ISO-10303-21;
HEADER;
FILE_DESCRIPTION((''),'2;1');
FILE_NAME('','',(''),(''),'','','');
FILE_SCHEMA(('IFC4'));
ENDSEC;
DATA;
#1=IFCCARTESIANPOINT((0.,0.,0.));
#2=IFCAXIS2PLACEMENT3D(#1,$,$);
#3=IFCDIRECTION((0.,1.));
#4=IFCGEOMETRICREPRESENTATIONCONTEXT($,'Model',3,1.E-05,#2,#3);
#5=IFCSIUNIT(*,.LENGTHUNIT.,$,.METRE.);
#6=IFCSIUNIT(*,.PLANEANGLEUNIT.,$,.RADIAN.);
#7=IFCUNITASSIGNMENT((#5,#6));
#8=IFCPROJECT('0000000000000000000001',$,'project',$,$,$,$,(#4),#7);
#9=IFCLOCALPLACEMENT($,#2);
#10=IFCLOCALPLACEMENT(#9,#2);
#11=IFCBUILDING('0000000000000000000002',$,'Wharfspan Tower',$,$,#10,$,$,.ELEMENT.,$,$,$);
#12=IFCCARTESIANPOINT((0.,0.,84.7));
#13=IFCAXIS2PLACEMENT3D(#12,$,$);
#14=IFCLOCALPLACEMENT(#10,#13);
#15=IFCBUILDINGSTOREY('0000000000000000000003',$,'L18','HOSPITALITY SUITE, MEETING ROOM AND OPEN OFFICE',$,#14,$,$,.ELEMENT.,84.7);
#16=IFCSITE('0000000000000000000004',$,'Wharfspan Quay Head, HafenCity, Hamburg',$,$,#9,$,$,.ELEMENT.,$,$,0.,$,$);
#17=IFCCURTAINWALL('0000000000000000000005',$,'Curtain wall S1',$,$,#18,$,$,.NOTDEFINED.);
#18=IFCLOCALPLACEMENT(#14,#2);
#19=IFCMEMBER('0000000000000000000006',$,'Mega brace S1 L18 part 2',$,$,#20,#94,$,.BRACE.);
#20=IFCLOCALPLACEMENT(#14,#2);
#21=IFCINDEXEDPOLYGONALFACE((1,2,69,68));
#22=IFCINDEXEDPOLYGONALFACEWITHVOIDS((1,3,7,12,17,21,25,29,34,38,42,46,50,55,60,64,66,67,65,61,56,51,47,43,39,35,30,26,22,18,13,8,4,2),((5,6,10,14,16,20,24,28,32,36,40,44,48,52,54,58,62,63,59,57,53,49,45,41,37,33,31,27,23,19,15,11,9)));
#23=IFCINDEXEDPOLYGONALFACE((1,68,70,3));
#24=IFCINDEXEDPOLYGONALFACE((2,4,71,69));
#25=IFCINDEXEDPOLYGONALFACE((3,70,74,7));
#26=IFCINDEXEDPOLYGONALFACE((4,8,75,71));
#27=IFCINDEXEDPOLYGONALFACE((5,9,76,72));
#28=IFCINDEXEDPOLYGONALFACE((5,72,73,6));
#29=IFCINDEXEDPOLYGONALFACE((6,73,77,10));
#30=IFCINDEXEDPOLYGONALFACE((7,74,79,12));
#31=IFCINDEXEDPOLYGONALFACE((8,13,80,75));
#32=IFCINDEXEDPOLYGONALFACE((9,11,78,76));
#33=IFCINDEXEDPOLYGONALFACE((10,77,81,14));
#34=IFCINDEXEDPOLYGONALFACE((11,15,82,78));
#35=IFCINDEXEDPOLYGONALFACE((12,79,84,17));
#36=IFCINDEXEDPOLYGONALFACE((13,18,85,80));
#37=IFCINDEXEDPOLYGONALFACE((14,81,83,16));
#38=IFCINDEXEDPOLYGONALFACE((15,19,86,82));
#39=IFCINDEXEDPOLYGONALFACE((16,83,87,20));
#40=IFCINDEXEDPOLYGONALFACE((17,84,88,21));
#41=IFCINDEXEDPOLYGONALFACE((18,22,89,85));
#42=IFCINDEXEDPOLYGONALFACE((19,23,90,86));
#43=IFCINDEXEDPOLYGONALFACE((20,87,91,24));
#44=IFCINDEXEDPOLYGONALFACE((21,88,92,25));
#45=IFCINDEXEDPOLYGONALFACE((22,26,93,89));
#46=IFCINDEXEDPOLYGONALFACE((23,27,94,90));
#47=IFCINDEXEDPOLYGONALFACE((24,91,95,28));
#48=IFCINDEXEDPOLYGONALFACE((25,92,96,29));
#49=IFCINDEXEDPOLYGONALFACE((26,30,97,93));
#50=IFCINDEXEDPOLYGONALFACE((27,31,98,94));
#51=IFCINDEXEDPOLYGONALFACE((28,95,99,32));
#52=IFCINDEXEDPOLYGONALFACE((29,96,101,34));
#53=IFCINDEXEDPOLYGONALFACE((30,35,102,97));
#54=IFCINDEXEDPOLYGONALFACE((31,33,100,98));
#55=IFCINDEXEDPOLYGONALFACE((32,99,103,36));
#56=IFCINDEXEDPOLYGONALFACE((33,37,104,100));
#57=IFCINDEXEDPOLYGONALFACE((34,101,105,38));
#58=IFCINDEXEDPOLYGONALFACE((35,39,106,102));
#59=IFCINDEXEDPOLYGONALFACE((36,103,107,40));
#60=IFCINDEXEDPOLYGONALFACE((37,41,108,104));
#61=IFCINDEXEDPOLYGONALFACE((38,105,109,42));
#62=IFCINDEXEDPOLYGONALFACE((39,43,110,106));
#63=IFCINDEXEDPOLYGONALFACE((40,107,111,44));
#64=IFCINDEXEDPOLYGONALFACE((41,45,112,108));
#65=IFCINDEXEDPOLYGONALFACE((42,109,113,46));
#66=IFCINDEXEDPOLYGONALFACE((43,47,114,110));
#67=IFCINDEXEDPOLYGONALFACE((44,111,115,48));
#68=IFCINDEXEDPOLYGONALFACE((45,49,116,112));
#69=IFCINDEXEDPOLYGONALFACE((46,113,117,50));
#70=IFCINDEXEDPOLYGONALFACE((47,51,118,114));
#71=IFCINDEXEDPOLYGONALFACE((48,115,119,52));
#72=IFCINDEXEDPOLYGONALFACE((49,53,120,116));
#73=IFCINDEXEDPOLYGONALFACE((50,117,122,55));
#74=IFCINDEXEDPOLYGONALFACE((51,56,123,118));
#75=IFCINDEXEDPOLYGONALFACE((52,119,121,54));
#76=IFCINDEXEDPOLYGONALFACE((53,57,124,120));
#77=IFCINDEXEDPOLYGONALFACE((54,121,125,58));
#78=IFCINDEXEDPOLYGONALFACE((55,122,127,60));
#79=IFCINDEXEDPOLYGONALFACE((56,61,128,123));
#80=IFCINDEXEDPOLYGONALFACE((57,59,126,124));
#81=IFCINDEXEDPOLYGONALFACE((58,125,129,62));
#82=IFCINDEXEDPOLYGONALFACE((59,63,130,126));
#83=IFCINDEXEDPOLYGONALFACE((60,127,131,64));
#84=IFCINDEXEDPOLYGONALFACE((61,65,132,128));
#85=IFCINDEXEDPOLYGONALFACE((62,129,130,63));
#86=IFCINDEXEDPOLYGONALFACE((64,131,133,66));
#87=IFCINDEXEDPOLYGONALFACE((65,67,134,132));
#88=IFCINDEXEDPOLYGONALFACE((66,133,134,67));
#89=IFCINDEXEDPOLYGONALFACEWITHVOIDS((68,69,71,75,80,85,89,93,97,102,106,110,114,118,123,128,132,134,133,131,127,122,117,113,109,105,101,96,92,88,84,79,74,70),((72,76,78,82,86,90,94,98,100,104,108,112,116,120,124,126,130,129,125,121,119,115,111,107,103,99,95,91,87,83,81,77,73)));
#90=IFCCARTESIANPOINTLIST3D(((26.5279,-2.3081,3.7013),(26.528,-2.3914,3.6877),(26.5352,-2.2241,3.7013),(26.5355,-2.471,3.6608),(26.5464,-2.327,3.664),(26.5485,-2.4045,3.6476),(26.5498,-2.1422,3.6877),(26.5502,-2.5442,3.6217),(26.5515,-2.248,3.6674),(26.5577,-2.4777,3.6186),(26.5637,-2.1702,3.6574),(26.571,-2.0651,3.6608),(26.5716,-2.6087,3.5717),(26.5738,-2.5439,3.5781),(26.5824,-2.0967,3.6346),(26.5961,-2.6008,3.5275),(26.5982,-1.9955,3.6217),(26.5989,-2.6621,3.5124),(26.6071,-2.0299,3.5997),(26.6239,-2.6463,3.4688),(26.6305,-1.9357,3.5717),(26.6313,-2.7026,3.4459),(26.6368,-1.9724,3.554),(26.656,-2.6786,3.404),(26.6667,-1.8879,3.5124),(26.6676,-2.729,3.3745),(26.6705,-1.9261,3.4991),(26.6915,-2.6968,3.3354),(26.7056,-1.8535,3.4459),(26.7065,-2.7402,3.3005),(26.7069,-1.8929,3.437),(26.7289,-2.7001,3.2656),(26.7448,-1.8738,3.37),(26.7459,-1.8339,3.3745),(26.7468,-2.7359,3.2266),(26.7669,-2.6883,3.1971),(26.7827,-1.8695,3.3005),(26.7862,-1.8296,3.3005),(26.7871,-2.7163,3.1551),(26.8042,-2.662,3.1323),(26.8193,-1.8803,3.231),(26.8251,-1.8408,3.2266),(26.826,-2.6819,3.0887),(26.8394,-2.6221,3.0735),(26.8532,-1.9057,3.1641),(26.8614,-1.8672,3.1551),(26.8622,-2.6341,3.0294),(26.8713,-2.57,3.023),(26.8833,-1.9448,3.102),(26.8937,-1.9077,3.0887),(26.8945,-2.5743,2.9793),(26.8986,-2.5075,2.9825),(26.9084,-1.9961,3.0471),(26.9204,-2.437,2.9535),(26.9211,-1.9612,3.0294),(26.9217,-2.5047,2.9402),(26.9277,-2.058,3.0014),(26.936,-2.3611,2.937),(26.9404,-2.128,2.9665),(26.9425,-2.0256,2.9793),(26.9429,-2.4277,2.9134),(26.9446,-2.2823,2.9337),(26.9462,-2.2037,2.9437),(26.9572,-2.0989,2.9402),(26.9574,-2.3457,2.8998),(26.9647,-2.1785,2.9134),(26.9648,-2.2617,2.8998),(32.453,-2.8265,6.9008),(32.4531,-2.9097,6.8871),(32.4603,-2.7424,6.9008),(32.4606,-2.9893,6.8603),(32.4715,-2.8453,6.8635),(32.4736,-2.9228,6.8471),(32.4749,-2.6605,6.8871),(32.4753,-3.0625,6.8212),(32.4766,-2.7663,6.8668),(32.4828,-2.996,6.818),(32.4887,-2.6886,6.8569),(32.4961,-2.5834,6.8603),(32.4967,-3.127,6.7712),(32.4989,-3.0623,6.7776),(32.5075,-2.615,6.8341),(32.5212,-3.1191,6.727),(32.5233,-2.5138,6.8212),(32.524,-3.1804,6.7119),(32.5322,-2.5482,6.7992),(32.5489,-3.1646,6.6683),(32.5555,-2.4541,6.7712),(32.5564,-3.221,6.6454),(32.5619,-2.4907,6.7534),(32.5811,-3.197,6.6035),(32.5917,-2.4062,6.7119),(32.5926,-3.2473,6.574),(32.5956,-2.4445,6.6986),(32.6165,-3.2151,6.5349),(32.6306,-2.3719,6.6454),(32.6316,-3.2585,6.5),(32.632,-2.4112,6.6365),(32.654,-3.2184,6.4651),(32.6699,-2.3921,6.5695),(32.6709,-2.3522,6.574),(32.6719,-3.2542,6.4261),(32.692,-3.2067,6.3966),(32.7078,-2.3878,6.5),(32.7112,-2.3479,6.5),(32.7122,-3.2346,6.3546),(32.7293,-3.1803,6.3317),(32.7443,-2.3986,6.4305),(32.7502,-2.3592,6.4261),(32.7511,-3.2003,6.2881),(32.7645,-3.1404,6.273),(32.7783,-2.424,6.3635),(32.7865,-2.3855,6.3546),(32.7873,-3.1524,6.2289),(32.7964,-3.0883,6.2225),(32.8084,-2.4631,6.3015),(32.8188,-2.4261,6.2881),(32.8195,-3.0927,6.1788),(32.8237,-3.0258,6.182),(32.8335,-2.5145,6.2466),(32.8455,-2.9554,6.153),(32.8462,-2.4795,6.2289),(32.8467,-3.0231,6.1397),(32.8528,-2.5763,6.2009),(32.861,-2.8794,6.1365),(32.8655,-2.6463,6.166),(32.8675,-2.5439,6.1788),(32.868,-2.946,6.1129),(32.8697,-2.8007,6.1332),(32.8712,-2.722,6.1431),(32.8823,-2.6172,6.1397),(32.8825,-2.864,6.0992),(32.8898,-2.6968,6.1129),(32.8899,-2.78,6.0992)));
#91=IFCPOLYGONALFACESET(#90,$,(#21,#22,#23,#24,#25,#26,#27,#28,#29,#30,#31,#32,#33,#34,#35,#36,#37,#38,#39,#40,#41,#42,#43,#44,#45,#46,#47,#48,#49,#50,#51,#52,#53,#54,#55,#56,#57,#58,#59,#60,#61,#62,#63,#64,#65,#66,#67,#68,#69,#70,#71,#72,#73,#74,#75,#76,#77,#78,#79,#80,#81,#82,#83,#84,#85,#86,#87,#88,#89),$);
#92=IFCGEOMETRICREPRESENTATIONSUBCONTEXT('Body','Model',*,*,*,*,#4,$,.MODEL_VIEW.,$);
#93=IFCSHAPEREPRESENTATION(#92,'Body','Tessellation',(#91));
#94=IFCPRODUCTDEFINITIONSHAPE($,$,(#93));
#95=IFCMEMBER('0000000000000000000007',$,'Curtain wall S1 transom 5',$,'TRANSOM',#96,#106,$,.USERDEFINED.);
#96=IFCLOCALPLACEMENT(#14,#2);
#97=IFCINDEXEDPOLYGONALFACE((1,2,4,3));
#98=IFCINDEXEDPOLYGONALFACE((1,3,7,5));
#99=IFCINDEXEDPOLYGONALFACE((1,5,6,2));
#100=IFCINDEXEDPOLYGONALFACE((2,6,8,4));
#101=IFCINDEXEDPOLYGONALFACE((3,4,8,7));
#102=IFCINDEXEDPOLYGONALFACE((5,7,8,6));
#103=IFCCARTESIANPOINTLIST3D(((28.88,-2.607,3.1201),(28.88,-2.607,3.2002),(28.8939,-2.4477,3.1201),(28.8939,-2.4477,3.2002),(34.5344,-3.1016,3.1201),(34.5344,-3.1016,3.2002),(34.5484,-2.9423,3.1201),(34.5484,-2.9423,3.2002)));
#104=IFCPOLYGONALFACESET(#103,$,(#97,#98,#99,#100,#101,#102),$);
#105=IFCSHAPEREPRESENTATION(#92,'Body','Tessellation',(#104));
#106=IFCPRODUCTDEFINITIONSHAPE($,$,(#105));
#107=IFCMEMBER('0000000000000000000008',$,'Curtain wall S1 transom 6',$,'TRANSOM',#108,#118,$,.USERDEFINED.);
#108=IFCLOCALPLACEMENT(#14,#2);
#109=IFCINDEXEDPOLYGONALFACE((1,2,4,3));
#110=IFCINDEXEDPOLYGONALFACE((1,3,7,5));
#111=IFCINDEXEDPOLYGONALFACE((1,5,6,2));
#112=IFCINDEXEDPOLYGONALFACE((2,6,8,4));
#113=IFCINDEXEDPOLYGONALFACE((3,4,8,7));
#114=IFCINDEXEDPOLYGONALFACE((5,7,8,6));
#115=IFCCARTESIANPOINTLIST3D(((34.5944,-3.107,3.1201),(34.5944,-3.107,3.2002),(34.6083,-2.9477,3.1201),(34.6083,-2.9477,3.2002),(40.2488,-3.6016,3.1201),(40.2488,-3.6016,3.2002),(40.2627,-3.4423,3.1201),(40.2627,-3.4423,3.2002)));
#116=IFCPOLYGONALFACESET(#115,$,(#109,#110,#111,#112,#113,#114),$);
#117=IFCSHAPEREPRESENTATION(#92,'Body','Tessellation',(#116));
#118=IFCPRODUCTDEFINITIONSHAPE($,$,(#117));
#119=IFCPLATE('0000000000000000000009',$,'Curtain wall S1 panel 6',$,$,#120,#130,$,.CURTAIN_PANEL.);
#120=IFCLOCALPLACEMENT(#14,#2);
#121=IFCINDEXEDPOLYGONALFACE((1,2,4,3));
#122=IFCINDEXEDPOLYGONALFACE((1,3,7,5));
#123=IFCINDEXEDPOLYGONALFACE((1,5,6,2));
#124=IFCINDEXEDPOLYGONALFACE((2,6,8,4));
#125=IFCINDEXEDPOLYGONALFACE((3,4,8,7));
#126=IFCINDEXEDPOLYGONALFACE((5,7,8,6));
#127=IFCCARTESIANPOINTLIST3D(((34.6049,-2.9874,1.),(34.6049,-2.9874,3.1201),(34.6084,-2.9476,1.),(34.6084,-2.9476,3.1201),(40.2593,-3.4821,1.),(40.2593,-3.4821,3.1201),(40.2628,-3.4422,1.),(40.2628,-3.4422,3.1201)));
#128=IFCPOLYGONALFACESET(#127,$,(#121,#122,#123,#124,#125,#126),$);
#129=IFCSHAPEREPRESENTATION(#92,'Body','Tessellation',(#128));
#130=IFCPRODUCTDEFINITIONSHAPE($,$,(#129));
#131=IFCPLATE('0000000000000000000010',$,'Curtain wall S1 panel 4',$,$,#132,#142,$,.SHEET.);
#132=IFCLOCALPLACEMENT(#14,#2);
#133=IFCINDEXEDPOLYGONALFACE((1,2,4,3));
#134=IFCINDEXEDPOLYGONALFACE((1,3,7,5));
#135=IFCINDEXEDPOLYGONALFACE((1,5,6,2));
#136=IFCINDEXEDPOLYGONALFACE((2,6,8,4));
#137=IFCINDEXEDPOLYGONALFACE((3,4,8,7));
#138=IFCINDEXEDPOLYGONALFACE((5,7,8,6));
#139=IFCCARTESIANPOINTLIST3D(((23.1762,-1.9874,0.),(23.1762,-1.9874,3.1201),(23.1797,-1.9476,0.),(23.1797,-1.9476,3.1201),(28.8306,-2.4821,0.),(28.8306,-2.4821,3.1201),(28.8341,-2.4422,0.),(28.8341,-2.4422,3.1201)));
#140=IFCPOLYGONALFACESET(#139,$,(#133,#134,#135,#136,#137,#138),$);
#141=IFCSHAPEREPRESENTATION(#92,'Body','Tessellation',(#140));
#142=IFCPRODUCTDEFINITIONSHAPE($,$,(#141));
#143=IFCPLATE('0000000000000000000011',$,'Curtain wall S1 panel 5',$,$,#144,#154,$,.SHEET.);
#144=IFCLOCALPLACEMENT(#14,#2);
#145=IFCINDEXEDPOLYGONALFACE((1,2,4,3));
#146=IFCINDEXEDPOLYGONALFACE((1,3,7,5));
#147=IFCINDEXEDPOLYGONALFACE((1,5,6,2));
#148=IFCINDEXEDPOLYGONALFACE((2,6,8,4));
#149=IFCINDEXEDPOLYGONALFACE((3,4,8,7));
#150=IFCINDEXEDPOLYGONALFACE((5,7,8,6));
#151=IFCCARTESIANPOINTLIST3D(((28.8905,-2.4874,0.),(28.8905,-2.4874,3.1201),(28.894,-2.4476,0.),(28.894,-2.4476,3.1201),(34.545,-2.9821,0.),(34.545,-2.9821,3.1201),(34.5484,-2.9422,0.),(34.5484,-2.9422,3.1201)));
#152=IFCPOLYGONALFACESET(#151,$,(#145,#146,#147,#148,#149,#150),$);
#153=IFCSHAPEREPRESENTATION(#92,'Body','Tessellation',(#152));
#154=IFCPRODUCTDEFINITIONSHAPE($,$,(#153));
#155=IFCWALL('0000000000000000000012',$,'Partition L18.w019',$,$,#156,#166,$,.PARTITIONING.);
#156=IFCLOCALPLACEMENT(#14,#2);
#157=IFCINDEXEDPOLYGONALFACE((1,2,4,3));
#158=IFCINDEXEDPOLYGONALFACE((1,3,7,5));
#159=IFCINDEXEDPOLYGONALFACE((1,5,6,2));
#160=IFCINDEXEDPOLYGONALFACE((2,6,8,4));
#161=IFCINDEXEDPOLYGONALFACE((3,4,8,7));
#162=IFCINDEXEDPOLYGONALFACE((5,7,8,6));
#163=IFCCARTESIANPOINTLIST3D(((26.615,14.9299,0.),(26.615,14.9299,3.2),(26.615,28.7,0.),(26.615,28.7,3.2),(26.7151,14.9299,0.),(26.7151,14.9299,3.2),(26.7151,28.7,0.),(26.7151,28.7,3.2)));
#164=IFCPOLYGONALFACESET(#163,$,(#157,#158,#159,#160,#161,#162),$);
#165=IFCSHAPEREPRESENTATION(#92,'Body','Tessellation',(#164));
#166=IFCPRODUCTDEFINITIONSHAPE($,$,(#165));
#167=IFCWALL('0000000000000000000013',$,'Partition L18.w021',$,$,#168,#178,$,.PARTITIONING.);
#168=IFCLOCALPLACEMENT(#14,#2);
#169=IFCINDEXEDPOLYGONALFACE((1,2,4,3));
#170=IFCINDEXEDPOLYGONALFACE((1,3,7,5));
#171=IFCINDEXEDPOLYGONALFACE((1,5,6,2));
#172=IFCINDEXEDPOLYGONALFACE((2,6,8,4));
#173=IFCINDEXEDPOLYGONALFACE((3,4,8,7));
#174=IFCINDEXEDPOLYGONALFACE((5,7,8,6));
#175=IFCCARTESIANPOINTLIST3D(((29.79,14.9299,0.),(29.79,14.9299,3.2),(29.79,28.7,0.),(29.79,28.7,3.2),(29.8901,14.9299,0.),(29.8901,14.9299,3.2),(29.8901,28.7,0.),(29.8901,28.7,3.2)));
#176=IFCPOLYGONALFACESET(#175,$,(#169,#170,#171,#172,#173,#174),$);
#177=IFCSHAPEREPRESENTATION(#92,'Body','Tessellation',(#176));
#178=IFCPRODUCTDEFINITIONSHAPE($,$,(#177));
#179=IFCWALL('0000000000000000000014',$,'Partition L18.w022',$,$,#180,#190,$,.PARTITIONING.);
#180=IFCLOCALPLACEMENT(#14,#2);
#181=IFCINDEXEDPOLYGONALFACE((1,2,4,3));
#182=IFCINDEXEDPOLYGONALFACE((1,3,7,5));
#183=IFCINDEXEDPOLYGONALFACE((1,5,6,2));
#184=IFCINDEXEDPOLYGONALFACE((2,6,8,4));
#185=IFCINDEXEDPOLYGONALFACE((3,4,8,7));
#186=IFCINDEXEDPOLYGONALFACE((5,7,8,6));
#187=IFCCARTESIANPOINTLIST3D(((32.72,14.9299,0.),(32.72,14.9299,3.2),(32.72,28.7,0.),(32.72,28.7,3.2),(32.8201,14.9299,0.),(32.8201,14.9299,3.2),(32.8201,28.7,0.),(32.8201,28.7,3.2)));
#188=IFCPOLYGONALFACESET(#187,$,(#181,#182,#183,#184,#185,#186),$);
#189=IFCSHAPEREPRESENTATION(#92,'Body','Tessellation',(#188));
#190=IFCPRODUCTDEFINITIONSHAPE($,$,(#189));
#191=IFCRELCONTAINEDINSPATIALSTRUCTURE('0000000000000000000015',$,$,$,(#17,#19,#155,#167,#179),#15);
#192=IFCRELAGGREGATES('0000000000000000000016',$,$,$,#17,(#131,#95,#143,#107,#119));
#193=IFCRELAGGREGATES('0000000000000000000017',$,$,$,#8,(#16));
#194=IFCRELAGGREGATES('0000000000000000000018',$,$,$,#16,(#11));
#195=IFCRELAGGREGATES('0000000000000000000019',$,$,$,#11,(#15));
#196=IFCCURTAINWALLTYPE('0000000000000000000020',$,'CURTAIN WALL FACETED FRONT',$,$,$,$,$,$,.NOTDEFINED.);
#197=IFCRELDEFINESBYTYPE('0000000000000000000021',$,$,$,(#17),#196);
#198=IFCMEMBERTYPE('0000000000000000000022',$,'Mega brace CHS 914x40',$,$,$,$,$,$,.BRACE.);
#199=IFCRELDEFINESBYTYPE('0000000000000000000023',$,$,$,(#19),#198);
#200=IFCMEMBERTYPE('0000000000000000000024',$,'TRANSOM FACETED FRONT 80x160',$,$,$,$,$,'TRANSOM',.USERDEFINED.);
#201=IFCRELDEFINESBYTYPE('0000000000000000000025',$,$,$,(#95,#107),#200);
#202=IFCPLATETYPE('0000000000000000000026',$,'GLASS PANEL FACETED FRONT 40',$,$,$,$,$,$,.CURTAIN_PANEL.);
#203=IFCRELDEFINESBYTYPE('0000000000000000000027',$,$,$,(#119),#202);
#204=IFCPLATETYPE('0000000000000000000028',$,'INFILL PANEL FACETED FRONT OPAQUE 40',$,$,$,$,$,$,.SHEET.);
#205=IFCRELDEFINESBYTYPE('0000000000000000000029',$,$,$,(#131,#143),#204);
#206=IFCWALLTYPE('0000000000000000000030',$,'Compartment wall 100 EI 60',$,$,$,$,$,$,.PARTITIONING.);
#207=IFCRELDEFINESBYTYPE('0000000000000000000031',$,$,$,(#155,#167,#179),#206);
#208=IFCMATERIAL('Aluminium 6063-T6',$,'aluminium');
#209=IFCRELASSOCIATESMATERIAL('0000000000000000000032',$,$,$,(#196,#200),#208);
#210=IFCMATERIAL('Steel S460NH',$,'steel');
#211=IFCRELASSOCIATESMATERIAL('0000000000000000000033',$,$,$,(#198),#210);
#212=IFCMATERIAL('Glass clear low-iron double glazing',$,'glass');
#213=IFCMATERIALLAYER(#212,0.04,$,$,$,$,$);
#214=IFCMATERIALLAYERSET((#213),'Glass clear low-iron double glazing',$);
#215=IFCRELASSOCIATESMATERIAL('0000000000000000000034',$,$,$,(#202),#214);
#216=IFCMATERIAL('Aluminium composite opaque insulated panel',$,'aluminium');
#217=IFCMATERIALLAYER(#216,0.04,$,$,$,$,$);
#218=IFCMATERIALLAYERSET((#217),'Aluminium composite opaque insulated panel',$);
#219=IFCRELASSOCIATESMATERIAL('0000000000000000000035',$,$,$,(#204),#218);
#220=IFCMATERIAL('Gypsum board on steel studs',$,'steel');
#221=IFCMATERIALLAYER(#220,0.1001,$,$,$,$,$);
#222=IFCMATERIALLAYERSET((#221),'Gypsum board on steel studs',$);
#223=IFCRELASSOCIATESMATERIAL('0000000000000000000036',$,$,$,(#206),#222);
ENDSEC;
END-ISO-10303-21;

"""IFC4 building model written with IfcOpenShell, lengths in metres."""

from ifc_helpers import new_model, si_unit, direction, frame, frame_2d, origin, origin_2d, place, context, subcontext, project, spatial, rectangle, hollow_circle, extrude, material, layer, layer_set, material_profile, profile_set, type_object, element, aggregate, save


model = new_model("IFC4")

# Units and contexts
model_context = context("Model", 3, precision=1e-05, world=origin(), true_north=direction((0.0, 1.0)))
body_context = subcontext(model_context, "Body", "Model", "MODEL_VIEW")
ifc_project = project(units=[si_unit("LENGTHUNIT", "METRE"), si_unit("PLANEANGLEUNIT", "RADIAN")], contexts=[model_context])

# Site, building, storey
site_placement = place(None, origin())
site = spatial("IfcSite", under=ifc_project, at=site_placement, Name="Wharfspan Quay Head, HafenCity, Hamburg", CompositionType="ELEMENT", RefElevation=0.0)
building_placement = place(site_placement, origin())
building = spatial("IfcBuilding", under=site, at=building_placement, Name="Wharfspan Tower", CompositionType="ELEMENT")
storey_placement = place(building_placement, frame((0.0, 0.0, 84.7)))
storey = spatial("IfcBuildingStorey", under=building, at=storey_placement, Name="L18", Description="HOSPITALITY SUITE, MEETING ROOM AND OPEN OFFICE", CompositionType="ELEMENT", Elevation=84.7)

# Curtain wall
ifc_material_1 = material(Name="Aluminium 6063-T6", Category="aluminium")
curtain_wall_type = type_object("IfcCurtainWallType", Name="CURTAIN WALL FACETED FRONT", PredefinedType="NOTDEFINED", material=ifc_material_1)
curtain_wall_placement = place(storey_placement, origin())
curtain_wall = element("IfcCurtainWall", 1, at=curtain_wall_placement, inside=storey, type_object=curtain_wall_type, Name="Curtain wall S1", PredefinedType="NOTDEFINED")

# Members
ifc_material_2 = material(Name="Steel S460NH", Category="steel")
ifc_material_profile_1 = material_profile(ifc_material_2, hollow_circle(Radius=0.457, WallThickness=0.04, at=origin_2d()))
ifc_profile_set_1 = profile_set([ifc_material_profile_1], Name="Steel S460NH")
member_type_1 = type_object("IfcMemberType", Name="Mega brace CHS 914x40", PredefinedType="BRACE", material=ifc_profile_set_1)
member_1_placement = place(storey_placement, frame((26.7463, -2.2849, 3.3005), z_axis=(0.877314, -0.076746, 0.47374), x_axis=(0.087144, 0.996196, 0.000003)))
element("IfcMember", 2, at=member_1_placement, inside=storey, type_object=member_type_1, Name="Mega brace S1 L18 part 2", PredefinedType="BRACE", context=body_context, shape_type="SweptSolid", body=[
    extrude(hollow_circle(Radius=0.457, WallThickness=0.04, at=origin_2d()), origin(), (0.0, 0.0, 1.0), 6.7537),
])
ifc_material_profile_2 = material_profile(ifc_material_1, rectangle(XDim=0.1599, YDim=0.0801, at=origin_2d()))
ifc_profile_set_2 = profile_set([ifc_material_profile_2], Name="Aluminium 6063-T6")
member_type_2 = type_object("IfcMemberType", Name="TRANSOM FACETED FRONT 80x160", ElementType="TRANSOM", PredefinedType="USERDEFINED", material=ifc_profile_set_2)
member_2_placement = place(storey_placement, frame((28.887, -2.5273, 3.1602), z_axis=(0.996196, -0.087142, 0.0), x_axis=(0.087142, 0.996196, 0.0)))
member_2 = element("IfcMember", 3, at=member_2_placement, type_object=member_type_2, Name="Curtain wall S1 transom 5", ObjectType="TRANSOM", PredefinedType="USERDEFINED", context=body_context, shape_type="SweptSolid", body=[
    extrude(rectangle(XDim=0.1599, YDim=0.0801, at=origin_2d()), origin(), (0.0, 0.0, 1.0), 5.676),
])
member_3_placement = place(storey_placement, frame((34.6013, -3.0273, 3.1602), z_axis=(0.996196, -0.087142, 0.0), x_axis=(0.087142, 0.996196, 0.0)))
member_3 = element("IfcMember", 4, at=member_3_placement, type_object=member_type_2, Name="Curtain wall S1 transom 6", ObjectType="TRANSOM", PredefinedType="USERDEFINED", context=body_context, shape_type="SweptSolid", body=[
    extrude(rectangle(XDim=0.1599, YDim=0.0801, at=origin_2d()), origin(), (0.0, 0.0, 1.0), 5.676),
])

# Plates
ifc_material_3 = material(Name="Glass clear low-iron double glazing", Category="glass")
ifc_layer_1 = layer(ifc_material_3, 0.04)
ifc_layer_set_1 = layer_set([ifc_layer_1], Name="Glass clear low-iron double glazing")
plate_type_1 = type_object("IfcPlateType", Name="GLASS PANEL FACETED FRONT 40", PredefinedType="CURTAIN_PANEL", material=ifc_layer_set_1)
plate_1_placement = place(storey_placement, frame((37.4338, -3.2148, 1.0), z_axis=(0.0, 0.0, 1.0), x_axis=(0.996197, -0.087156, 0.0)))
plate_1 = element("IfcPlate", 5, at=plate_1_placement, type_object=plate_type_1, Name="Curtain wall S1 panel 6", PredefinedType="CURTAIN_PANEL", context=body_context, shape_type="SweptSolid", body=[
    extrude(rectangle(XDim=5.676, YDim=0.04, at=origin_2d()), origin(), (0.0, 0.0, 1.0), 2.1201),
])
ifc_material_4 = material(Name="Aluminium composite opaque insulated panel", Category="aluminium")
ifc_layer_2 = layer(ifc_material_4, 0.04)
ifc_layer_set_2 = layer_set([ifc_layer_2], Name="Aluminium composite opaque insulated panel")
plate_type_2 = type_object("IfcPlateType", Name="INFILL PANEL FACETED FRONT OPAQUE 40", PredefinedType="SHEET", material=ifc_layer_set_2)
plate_2_placement = place(storey_placement, frame((26.0051, -2.2148, 0.0), z_axis=(0.0, 0.0, 1.0), x_axis=(0.996197, -0.087156, 0.0)))
plate_2 = element("IfcPlate", 6, at=plate_2_placement, type_object=plate_type_2, Name="Curtain wall S1 panel 4", PredefinedType="SHEET", context=body_context, shape_type="SweptSolid", body=[
    extrude(rectangle(XDim=5.676, YDim=0.04, at=origin_2d()), origin(), (0.0, 0.0, 1.0), 3.1201),
])
plate_3_placement = place(storey_placement, frame((31.7195, -2.7148, 0.0), z_axis=(0.0, 0.0, 1.0), x_axis=(0.996197, -0.087156, 0.0)))
plate_3 = element("IfcPlate", 7, at=plate_3_placement, type_object=plate_type_2, Name="Curtain wall S1 panel 5", PredefinedType="SHEET", context=body_context, shape_type="SweptSolid", body=[
    extrude(rectangle(XDim=5.676, YDim=0.04, at=origin_2d()), origin(), (0.0, 0.0, 1.0), 3.1201),
])
aggregate(curtain_wall, [plate_2, member_2, plate_3, member_3, plate_1])

# Walls
ifc_material_5 = material(Name="Gypsum board on steel studs", Category="steel")
ifc_layer_3 = layer(ifc_material_5, 0.1001)
ifc_layer_set_3 = layer_set([ifc_layer_3], Name="Gypsum board on steel studs")
wall_type_1 = type_object("IfcWallType", Name="Compartment wall 100 EI 60", PredefinedType="PARTITIONING", material=ifc_layer_set_3)
for number, where, z_axis, x_axis, name in (
    (8, (26.665, 14.9299, 0.0), (0.0, 0.0, 1.0), (0.0, 1.0, 0.0), "Partition L18.w019"),
    (9, (29.8401, 14.9299, 0.0), (0.0, 0.0, 1.0), (0.0, 1.0, 0.0), "Partition L18.w021"),
    (10, (32.77, 14.9299, 0.0), (0.0, 0.0, 1.0), (0.0, 1.0, 0.0), "Partition L18.w022"),
):
    element("IfcWall", number, at=place(storey_placement, frame(where, z_axis=z_axis, x_axis=x_axis)), inside=storey, type_object=wall_type_1, Name=name, PredefinedType="PARTITIONING", context=body_context, shape_type="SweptSolid", body=[
        extrude(rectangle(XDim=13.77, YDim=0.1001, at=frame_2d((6.885, 0.0))), origin(), (0.0, 0.0, 1.0), 3.2),
    ])

save(model, "model.ifc")
